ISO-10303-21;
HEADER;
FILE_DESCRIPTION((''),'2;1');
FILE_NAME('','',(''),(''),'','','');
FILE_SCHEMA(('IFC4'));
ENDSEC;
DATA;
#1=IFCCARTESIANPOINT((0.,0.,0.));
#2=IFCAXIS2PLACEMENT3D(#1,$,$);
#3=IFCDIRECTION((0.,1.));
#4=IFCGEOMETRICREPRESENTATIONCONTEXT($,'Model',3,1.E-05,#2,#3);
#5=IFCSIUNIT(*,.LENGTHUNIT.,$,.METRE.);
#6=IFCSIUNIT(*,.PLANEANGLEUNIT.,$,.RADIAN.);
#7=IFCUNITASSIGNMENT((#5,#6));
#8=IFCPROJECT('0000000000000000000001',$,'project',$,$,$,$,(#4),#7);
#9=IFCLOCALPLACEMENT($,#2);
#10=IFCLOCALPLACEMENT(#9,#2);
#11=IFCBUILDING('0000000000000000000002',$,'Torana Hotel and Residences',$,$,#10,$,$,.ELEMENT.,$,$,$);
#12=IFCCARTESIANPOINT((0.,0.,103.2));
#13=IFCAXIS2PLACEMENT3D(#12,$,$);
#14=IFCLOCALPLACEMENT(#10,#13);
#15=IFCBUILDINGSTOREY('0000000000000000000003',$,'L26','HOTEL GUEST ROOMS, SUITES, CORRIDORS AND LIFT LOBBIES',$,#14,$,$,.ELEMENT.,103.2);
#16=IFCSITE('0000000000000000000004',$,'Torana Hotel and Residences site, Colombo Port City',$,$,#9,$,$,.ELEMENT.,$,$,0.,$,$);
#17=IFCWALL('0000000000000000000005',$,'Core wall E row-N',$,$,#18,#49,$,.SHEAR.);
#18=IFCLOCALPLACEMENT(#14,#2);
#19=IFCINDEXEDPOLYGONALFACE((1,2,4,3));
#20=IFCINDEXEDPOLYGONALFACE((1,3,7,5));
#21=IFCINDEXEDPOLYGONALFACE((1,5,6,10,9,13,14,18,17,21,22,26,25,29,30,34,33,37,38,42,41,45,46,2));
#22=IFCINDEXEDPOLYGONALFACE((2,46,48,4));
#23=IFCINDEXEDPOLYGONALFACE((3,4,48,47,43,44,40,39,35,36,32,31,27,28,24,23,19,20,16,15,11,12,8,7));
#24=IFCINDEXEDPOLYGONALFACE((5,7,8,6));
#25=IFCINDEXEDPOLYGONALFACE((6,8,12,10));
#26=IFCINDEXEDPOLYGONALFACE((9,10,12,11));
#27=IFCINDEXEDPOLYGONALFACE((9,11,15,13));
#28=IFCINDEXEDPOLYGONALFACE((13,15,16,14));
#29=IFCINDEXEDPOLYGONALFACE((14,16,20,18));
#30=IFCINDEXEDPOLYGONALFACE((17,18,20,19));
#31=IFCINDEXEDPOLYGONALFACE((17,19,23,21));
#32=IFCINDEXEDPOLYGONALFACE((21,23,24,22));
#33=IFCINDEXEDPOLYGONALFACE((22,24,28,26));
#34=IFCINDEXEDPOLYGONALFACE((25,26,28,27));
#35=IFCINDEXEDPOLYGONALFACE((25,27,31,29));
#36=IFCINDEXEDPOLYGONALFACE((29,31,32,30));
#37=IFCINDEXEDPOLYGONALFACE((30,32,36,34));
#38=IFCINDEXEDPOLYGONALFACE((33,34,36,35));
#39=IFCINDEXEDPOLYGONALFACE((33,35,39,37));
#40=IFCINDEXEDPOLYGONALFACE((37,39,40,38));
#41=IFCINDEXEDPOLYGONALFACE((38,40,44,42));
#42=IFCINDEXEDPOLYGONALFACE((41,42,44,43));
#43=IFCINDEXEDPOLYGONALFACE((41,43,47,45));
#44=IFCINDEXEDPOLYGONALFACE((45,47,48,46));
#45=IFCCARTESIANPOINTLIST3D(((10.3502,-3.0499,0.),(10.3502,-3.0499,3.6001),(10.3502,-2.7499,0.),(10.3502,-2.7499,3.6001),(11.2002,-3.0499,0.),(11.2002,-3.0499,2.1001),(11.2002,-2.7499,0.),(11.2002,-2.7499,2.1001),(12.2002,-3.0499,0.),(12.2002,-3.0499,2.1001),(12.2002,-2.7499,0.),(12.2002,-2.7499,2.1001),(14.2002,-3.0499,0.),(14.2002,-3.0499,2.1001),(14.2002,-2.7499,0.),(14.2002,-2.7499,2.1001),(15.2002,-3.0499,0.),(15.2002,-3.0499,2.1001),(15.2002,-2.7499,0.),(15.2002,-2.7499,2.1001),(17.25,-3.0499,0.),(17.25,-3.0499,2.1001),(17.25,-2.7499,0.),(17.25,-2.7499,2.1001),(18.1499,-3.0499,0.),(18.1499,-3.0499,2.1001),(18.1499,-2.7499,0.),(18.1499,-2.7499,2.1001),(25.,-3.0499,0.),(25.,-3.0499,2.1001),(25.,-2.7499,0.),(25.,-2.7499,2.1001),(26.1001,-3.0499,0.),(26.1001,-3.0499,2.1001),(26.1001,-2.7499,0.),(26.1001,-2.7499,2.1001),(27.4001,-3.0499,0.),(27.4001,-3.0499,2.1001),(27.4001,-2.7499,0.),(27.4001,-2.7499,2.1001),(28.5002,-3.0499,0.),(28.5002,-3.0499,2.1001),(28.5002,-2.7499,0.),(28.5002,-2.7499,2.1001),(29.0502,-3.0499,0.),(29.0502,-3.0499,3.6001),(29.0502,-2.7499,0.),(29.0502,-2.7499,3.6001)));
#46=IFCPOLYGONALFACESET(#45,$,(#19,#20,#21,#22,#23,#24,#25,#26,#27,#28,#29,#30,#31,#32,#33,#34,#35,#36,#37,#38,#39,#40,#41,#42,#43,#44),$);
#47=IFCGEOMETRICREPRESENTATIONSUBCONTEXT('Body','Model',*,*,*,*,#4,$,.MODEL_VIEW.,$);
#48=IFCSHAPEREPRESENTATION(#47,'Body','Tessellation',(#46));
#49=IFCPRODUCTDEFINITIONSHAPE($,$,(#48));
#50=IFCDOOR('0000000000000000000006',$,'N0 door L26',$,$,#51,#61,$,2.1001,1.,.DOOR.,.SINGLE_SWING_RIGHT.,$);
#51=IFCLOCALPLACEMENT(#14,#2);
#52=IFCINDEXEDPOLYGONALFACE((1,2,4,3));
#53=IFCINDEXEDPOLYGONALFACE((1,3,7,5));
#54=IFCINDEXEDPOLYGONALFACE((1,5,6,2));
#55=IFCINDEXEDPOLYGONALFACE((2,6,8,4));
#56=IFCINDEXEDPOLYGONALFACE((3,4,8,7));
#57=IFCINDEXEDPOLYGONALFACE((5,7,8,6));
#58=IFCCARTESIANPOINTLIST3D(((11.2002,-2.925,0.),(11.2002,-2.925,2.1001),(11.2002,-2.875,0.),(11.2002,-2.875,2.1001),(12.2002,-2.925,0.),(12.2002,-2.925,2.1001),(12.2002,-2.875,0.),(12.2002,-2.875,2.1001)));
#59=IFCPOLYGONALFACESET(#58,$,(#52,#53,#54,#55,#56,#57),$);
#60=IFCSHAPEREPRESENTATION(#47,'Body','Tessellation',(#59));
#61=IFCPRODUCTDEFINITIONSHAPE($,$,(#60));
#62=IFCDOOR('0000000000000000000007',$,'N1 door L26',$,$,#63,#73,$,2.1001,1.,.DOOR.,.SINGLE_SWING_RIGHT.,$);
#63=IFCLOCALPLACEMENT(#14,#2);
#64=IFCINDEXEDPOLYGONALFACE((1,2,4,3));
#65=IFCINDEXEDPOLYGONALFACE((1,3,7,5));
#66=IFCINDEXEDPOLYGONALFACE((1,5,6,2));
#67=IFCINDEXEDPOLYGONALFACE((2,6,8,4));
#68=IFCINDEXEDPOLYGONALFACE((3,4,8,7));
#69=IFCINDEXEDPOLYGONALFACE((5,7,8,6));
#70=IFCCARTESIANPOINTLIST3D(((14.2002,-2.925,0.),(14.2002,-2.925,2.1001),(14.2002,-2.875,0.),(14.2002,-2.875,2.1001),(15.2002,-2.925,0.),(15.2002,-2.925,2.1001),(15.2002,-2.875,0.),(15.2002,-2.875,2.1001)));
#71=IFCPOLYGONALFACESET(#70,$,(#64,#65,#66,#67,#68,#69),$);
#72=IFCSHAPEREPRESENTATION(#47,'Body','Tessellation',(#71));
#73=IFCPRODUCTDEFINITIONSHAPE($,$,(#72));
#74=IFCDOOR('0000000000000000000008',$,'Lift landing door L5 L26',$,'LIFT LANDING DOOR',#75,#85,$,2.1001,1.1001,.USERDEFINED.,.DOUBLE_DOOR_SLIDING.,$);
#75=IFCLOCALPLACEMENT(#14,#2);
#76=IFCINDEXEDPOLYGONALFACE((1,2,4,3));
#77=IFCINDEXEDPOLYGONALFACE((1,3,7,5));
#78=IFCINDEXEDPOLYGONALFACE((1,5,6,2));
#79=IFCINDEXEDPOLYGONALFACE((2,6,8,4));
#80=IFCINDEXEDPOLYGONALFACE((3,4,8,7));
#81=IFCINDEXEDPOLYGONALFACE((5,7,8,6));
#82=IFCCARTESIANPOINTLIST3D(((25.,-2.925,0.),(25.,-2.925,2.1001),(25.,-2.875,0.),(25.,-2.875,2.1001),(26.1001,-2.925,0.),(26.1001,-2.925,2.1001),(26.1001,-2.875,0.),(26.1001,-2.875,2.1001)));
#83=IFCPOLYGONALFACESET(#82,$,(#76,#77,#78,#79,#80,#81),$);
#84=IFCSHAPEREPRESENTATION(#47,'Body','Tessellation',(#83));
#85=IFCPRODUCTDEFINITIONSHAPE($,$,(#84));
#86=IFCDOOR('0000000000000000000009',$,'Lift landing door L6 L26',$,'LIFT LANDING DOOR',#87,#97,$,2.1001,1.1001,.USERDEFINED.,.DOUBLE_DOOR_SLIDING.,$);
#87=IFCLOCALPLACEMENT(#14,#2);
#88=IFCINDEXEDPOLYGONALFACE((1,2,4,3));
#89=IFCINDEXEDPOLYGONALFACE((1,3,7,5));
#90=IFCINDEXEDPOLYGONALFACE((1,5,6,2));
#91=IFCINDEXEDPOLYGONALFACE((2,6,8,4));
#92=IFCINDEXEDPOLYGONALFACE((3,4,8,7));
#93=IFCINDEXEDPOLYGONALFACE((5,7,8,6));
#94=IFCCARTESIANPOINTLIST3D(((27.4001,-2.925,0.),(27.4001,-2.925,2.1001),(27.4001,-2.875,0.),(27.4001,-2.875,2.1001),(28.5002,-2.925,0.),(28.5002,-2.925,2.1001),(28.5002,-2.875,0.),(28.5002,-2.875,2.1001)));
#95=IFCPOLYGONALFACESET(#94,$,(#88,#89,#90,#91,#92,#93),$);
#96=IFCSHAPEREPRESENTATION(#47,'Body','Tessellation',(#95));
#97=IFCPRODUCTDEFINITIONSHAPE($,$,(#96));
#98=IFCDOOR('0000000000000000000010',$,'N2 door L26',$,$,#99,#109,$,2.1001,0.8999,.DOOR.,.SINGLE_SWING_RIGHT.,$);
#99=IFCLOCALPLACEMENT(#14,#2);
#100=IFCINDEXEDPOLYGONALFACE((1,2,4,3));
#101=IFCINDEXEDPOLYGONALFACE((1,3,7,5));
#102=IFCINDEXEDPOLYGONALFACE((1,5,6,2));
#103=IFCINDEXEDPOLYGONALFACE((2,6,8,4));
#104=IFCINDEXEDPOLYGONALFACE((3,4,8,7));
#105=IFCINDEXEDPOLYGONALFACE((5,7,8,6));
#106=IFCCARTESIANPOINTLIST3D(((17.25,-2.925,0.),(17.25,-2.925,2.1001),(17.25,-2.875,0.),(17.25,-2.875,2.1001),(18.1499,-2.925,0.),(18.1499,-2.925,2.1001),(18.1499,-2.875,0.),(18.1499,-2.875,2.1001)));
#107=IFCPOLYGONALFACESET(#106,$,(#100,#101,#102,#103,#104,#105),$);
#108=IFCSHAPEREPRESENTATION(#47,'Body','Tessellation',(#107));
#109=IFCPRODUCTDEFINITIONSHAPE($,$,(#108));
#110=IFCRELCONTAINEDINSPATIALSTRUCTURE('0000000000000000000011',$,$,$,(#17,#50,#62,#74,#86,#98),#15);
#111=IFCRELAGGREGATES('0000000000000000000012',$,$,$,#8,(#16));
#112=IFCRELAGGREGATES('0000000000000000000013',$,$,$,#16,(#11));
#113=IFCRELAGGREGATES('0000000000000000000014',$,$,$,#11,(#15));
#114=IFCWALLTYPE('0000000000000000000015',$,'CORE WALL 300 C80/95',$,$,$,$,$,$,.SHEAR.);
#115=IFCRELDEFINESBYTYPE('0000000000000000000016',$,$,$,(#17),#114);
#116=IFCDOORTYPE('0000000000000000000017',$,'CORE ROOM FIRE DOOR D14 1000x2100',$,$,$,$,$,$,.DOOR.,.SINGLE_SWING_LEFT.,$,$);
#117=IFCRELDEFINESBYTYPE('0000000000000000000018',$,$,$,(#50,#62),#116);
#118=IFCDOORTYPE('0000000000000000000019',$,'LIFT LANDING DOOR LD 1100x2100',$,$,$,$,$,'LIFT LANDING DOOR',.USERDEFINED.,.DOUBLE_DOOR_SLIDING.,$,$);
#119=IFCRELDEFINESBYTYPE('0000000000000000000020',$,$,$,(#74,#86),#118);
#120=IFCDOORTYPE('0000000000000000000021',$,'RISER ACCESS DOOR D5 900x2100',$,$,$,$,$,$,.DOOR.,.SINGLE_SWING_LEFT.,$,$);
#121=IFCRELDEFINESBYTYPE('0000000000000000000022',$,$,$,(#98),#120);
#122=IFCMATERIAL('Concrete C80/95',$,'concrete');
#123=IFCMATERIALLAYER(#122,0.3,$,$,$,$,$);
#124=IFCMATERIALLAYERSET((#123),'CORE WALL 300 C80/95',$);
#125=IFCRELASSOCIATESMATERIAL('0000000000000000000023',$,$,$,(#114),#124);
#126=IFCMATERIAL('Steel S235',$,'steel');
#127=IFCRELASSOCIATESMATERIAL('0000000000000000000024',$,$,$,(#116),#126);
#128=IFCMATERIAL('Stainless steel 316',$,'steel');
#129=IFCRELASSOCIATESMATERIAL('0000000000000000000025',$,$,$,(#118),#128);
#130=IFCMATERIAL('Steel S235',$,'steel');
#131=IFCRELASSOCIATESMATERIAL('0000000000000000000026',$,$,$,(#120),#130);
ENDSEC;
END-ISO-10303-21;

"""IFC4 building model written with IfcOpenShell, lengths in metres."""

from ifc_helpers import new_model, si_unit, direction, frame, frame_2d, origin, place, context, subcontext, project, spatial, rectangle, extrude, material, layer, layer_set, type_object, element, fill, save


model = new_model("IFC4")

# Units and contexts
model_context = context("Model", 3, precision=1e-05, world=origin(), true_north=direction((0.0, 1.0)))
body_context = subcontext(model_context, "Body", "Model", "MODEL_VIEW")
ifc_project = project(units=[si_unit("LENGTHUNIT", "METRE"), si_unit("PLANEANGLEUNIT", "RADIAN")], contexts=[model_context])

# Site, building, storey
site_placement = place(None, origin())
site = spatial("IfcSite", under=ifc_project, at=site_placement, Name="Torana Hotel and Residences site, Colombo Port City", CompositionType="ELEMENT", RefElevation=0.0)
building_placement = place(site_placement, origin())
building = spatial("IfcBuilding", under=site, at=building_placement, Name="Torana Hotel and Residences", CompositionType="ELEMENT")
storey_placement = place(building_placement, frame((0.0, 0.0, 103.2)))
storey = spatial("IfcBuildingStorey", under=building, at=storey_placement, Name="L26", Description="HOTEL GUEST ROOMS, SUITES, CORRIDORS AND LIFT LOBBIES", CompositionType="ELEMENT", Elevation=103.2)

# Wall, openings, doors
ifc_material_1 = material(Name="Concrete C80/95", Category="concrete")
ifc_layer_1 = layer(ifc_material_1, 0.3)
ifc_layer_set_1 = layer_set([ifc_layer_1], Name="CORE WALL 300 C80/95")
wall_type_1 = type_object("IfcWallType", Name="CORE WALL 300 C80/95", PredefinedType="SHEAR", material=ifc_layer_set_1)
wall_1_placement = place(storey_placement, frame((10.3501, -2.8999, 0.0), z_axis=(0.0, 0.0, 1.0), x_axis=(1.0, 0.0, 0.0)))
wall_1 = element("IfcWall", 1, at=wall_1_placement, inside=storey, type_object=wall_type_1, Name="Core wall E row-N", PredefinedType="SHEAR", context=body_context, shape_type="SweptSolid", body=[
    extrude(rectangle(XDim=18.7, YDim=0.3, at=frame_2d((9.3501, 0.0))), origin(), (0.0, 0.0, 1.0), 3.6001),
])
opening_1_placement = place(wall_1_placement, frame((14.6499, 0.0, 0.0)))
opening_1 = element("IfcOpeningElement", 2, at=opening_1_placement, cuts=wall_1, PredefinedType="OPENING", context=body_context, shape_type="SweptSolid", body=[
    extrude(rectangle(XDim=1.1001, YDim=2.1001, at=frame_2d((0.55, 1.05))), frame((0.0, 0.1599, 0.0), z_axis=(0.0, -1.0, 0.0), x_axis=(1.0, 0.0, 0.0)), (0.0, 0.0, 1.0), 0.3201),
])
opening_2_placement = place(wall_1_placement, frame((17.05, 0.0, 0.0)))
opening_2 = element("IfcOpeningElement", 3, at=opening_2_placement, cuts=wall_1, PredefinedType="OPENING", context=body_context, shape_type="SweptSolid", body=[
    extrude(rectangle(XDim=1.1001, YDim=2.1001, at=frame_2d((0.55, 1.05))), frame((0.0, 0.1599, 0.0), z_axis=(0.0, -1.0, 0.0), x_axis=(1.0, 0.0, 0.0)), (0.0, 0.0, 1.0), 0.3201),
])
opening_3_placement = place(wall_1_placement, frame((6.8999, 0.0, 0.0)))
opening_3 = element("IfcOpeningElement", 4, at=opening_3_placement, cuts=wall_1, PredefinedType="OPENING", context=body_context, shape_type="SweptSolid", body=[
    extrude(rectangle(XDim=0.8999, YDim=2.1001, at=frame_2d((0.45, 1.05))), frame((0.0, 0.1599, 0.0), z_axis=(0.0, -1.0, 0.0), x_axis=(1.0, 0.0, 0.0)), (0.0, 0.0, 1.0), 0.3201),
])
opening_4_placement = place(wall_1_placement, frame((0.8501, 0.0, 0.0)))
opening_4 = element("IfcOpeningElement", 5, at=opening_4_placement, cuts=wall_1, PredefinedType="OPENING", context=body_context, shape_type="SweptSolid", body=[
    extrude(rectangle(XDim=1.0, YDim=2.1001, at=frame_2d((0.5, 1.05))), frame((0.0, 0.1599, 0.0), z_axis=(0.0, -1.0, 0.0), x_axis=(1.0, 0.0, 0.0)), (0.0, 0.0, 1.0), 0.3201),
])
opening_5_placement = place(wall_1_placement, frame((3.8501, 0.0, 0.0)))
opening_5 = element("IfcOpeningElement", 6, at=opening_5_placement, cuts=wall_1, PredefinedType="OPENING", context=body_context, shape_type="SweptSolid", body=[
    extrude(rectangle(XDim=1.0, YDim=2.1001, at=frame_2d((0.5, 1.05))), frame((0.0, 0.1599, 0.0), z_axis=(0.0, -1.0, 0.0), x_axis=(1.0, 0.0, 0.0)), (0.0, 0.0, 1.0), 0.3201),
])
ifc_material_2 = material(Name="Steel S235", Category="steel")
door_type_1 = type_object("IfcDoorType", Name="CORE ROOM FIRE DOOR D14 1000x2100", OperationType="SINGLE_SWING_LEFT", PredefinedType="DOOR", material=ifc_material_2)
door_1_placement = place(opening_4_placement, origin())
door_1 = element("IfcDoor", 7, at=door_1_placement, inside=storey, type_object=door_type_1, Name="N0 door L26", OperationType="SINGLE_SWING_RIGHT", OverallHeight=2.1001, OverallWidth=1.0, PredefinedType="DOOR", context=body_context, shape_type="SweptSolid", body=[
    extrude(rectangle(XDim=1.0, YDim=2.1001, at=frame_2d((0.5, 1.05))), frame((0.0, 0.0249, 0.0), z_axis=(0.0, -1.0, 0.0), x_axis=(1.0, 0.0, 0.0)), (0.0, 0.0, 1.0), 0.05),
])
fill(opening_4, door_1)
door_2_placement = place(opening_5_placement, origin())
door_2 = element("IfcDoor", 8, at=door_2_placement, inside=storey, type_object=door_type_1, Name="N1 door L26", OperationType="SINGLE_SWING_RIGHT", OverallHeight=2.1001, OverallWidth=1.0, PredefinedType="DOOR", context=body_context, shape_type="SweptSolid", body=[
    extrude(rectangle(XDim=1.0, YDim=2.1001, at=frame_2d((0.5, 1.05))), frame((0.0, 0.0249, 0.0), z_axis=(0.0, -1.0, 0.0), x_axis=(1.0, 0.0, 0.0)), (0.0, 0.0, 1.0), 0.05),
])
fill(opening_5, door_2)
ifc_material_3 = material(Name="Stainless steel 316", Category="steel")
door_type_2 = type_object("IfcDoorType", Name="LIFT LANDING DOOR LD 1100x2100", ElementType="LIFT LANDING DOOR", OperationType="DOUBLE_DOOR_SLIDING", PredefinedType="USERDEFINED", material=ifc_material_3)
door_3_placement = place(opening_1_placement, origin())
door_3 = element("IfcDoor", 9, at=door_3_placement, inside=storey, type_object=door_type_2, Name="Lift landing door L5 L26", ObjectType="LIFT LANDING DOOR", OperationType="DOUBLE_DOOR_SLIDING", OverallHeight=2.1001, OverallWidth=1.1001, PredefinedType="USERDEFINED", context=body_context, shape_type="SweptSolid", body=[
    extrude(rectangle(XDim=1.1001, YDim=2.1001, at=frame_2d((0.55, 1.05))), frame((0.0, 0.0249, 0.0), z_axis=(0.0, -1.0, 0.0), x_axis=(1.0, 0.0, 0.0)), (0.0, 0.0, 1.0), 0.05),
])
fill(opening_1, door_3)
door_4_placement = place(opening_2_placement, origin())
door_4 = element("IfcDoor", 10, at=door_4_placement, inside=storey, type_object=door_type_2, Name="Lift landing door L6 L26", ObjectType="LIFT LANDING DOOR", OperationType="DOUBLE_DOOR_SLIDING", OverallHeight=2.1001, OverallWidth=1.1001, PredefinedType="USERDEFINED", context=body_context, shape_type="SweptSolid", body=[
    extrude(rectangle(XDim=1.1001, YDim=2.1001, at=frame_2d((0.55, 1.05))), frame((0.0, 0.0249, 0.0), z_axis=(0.0, -1.0, 0.0), x_axis=(1.0, 0.0, 0.0)), (0.0, 0.0, 1.0), 0.05),
])
fill(opening_2, door_4)
ifc_material_4 = material(Name="Steel S235", Category="steel")
door_type_3 = type_object("IfcDoorType", Name="RISER ACCESS DOOR D5 900x2100", OperationType="SINGLE_SWING_LEFT", PredefinedType="DOOR", material=ifc_material_4)
door_5_placement = place(opening_3_placement, origin())
door_5 = element("IfcDoor", 11, at=door_5_placement, inside=storey, type_object=door_type_3, Name="N2 door L26", OperationType="SINGLE_SWING_RIGHT", OverallHeight=2.1001, OverallWidth=0.8999, PredefinedType="DOOR", context=body_context, shape_type="SweptSolid", body=[
    extrude(rectangle(XDim=0.8999, YDim=2.1001, at=frame_2d((0.45, 1.05))), frame((0.0, 0.0249, 0.0), z_axis=(0.0, -1.0, 0.0), x_axis=(1.0, 0.0, 0.0)), (0.0, 0.0, 1.0), 0.05),
])
fill(opening_3, door_5)

save(model, "model.ifc")
